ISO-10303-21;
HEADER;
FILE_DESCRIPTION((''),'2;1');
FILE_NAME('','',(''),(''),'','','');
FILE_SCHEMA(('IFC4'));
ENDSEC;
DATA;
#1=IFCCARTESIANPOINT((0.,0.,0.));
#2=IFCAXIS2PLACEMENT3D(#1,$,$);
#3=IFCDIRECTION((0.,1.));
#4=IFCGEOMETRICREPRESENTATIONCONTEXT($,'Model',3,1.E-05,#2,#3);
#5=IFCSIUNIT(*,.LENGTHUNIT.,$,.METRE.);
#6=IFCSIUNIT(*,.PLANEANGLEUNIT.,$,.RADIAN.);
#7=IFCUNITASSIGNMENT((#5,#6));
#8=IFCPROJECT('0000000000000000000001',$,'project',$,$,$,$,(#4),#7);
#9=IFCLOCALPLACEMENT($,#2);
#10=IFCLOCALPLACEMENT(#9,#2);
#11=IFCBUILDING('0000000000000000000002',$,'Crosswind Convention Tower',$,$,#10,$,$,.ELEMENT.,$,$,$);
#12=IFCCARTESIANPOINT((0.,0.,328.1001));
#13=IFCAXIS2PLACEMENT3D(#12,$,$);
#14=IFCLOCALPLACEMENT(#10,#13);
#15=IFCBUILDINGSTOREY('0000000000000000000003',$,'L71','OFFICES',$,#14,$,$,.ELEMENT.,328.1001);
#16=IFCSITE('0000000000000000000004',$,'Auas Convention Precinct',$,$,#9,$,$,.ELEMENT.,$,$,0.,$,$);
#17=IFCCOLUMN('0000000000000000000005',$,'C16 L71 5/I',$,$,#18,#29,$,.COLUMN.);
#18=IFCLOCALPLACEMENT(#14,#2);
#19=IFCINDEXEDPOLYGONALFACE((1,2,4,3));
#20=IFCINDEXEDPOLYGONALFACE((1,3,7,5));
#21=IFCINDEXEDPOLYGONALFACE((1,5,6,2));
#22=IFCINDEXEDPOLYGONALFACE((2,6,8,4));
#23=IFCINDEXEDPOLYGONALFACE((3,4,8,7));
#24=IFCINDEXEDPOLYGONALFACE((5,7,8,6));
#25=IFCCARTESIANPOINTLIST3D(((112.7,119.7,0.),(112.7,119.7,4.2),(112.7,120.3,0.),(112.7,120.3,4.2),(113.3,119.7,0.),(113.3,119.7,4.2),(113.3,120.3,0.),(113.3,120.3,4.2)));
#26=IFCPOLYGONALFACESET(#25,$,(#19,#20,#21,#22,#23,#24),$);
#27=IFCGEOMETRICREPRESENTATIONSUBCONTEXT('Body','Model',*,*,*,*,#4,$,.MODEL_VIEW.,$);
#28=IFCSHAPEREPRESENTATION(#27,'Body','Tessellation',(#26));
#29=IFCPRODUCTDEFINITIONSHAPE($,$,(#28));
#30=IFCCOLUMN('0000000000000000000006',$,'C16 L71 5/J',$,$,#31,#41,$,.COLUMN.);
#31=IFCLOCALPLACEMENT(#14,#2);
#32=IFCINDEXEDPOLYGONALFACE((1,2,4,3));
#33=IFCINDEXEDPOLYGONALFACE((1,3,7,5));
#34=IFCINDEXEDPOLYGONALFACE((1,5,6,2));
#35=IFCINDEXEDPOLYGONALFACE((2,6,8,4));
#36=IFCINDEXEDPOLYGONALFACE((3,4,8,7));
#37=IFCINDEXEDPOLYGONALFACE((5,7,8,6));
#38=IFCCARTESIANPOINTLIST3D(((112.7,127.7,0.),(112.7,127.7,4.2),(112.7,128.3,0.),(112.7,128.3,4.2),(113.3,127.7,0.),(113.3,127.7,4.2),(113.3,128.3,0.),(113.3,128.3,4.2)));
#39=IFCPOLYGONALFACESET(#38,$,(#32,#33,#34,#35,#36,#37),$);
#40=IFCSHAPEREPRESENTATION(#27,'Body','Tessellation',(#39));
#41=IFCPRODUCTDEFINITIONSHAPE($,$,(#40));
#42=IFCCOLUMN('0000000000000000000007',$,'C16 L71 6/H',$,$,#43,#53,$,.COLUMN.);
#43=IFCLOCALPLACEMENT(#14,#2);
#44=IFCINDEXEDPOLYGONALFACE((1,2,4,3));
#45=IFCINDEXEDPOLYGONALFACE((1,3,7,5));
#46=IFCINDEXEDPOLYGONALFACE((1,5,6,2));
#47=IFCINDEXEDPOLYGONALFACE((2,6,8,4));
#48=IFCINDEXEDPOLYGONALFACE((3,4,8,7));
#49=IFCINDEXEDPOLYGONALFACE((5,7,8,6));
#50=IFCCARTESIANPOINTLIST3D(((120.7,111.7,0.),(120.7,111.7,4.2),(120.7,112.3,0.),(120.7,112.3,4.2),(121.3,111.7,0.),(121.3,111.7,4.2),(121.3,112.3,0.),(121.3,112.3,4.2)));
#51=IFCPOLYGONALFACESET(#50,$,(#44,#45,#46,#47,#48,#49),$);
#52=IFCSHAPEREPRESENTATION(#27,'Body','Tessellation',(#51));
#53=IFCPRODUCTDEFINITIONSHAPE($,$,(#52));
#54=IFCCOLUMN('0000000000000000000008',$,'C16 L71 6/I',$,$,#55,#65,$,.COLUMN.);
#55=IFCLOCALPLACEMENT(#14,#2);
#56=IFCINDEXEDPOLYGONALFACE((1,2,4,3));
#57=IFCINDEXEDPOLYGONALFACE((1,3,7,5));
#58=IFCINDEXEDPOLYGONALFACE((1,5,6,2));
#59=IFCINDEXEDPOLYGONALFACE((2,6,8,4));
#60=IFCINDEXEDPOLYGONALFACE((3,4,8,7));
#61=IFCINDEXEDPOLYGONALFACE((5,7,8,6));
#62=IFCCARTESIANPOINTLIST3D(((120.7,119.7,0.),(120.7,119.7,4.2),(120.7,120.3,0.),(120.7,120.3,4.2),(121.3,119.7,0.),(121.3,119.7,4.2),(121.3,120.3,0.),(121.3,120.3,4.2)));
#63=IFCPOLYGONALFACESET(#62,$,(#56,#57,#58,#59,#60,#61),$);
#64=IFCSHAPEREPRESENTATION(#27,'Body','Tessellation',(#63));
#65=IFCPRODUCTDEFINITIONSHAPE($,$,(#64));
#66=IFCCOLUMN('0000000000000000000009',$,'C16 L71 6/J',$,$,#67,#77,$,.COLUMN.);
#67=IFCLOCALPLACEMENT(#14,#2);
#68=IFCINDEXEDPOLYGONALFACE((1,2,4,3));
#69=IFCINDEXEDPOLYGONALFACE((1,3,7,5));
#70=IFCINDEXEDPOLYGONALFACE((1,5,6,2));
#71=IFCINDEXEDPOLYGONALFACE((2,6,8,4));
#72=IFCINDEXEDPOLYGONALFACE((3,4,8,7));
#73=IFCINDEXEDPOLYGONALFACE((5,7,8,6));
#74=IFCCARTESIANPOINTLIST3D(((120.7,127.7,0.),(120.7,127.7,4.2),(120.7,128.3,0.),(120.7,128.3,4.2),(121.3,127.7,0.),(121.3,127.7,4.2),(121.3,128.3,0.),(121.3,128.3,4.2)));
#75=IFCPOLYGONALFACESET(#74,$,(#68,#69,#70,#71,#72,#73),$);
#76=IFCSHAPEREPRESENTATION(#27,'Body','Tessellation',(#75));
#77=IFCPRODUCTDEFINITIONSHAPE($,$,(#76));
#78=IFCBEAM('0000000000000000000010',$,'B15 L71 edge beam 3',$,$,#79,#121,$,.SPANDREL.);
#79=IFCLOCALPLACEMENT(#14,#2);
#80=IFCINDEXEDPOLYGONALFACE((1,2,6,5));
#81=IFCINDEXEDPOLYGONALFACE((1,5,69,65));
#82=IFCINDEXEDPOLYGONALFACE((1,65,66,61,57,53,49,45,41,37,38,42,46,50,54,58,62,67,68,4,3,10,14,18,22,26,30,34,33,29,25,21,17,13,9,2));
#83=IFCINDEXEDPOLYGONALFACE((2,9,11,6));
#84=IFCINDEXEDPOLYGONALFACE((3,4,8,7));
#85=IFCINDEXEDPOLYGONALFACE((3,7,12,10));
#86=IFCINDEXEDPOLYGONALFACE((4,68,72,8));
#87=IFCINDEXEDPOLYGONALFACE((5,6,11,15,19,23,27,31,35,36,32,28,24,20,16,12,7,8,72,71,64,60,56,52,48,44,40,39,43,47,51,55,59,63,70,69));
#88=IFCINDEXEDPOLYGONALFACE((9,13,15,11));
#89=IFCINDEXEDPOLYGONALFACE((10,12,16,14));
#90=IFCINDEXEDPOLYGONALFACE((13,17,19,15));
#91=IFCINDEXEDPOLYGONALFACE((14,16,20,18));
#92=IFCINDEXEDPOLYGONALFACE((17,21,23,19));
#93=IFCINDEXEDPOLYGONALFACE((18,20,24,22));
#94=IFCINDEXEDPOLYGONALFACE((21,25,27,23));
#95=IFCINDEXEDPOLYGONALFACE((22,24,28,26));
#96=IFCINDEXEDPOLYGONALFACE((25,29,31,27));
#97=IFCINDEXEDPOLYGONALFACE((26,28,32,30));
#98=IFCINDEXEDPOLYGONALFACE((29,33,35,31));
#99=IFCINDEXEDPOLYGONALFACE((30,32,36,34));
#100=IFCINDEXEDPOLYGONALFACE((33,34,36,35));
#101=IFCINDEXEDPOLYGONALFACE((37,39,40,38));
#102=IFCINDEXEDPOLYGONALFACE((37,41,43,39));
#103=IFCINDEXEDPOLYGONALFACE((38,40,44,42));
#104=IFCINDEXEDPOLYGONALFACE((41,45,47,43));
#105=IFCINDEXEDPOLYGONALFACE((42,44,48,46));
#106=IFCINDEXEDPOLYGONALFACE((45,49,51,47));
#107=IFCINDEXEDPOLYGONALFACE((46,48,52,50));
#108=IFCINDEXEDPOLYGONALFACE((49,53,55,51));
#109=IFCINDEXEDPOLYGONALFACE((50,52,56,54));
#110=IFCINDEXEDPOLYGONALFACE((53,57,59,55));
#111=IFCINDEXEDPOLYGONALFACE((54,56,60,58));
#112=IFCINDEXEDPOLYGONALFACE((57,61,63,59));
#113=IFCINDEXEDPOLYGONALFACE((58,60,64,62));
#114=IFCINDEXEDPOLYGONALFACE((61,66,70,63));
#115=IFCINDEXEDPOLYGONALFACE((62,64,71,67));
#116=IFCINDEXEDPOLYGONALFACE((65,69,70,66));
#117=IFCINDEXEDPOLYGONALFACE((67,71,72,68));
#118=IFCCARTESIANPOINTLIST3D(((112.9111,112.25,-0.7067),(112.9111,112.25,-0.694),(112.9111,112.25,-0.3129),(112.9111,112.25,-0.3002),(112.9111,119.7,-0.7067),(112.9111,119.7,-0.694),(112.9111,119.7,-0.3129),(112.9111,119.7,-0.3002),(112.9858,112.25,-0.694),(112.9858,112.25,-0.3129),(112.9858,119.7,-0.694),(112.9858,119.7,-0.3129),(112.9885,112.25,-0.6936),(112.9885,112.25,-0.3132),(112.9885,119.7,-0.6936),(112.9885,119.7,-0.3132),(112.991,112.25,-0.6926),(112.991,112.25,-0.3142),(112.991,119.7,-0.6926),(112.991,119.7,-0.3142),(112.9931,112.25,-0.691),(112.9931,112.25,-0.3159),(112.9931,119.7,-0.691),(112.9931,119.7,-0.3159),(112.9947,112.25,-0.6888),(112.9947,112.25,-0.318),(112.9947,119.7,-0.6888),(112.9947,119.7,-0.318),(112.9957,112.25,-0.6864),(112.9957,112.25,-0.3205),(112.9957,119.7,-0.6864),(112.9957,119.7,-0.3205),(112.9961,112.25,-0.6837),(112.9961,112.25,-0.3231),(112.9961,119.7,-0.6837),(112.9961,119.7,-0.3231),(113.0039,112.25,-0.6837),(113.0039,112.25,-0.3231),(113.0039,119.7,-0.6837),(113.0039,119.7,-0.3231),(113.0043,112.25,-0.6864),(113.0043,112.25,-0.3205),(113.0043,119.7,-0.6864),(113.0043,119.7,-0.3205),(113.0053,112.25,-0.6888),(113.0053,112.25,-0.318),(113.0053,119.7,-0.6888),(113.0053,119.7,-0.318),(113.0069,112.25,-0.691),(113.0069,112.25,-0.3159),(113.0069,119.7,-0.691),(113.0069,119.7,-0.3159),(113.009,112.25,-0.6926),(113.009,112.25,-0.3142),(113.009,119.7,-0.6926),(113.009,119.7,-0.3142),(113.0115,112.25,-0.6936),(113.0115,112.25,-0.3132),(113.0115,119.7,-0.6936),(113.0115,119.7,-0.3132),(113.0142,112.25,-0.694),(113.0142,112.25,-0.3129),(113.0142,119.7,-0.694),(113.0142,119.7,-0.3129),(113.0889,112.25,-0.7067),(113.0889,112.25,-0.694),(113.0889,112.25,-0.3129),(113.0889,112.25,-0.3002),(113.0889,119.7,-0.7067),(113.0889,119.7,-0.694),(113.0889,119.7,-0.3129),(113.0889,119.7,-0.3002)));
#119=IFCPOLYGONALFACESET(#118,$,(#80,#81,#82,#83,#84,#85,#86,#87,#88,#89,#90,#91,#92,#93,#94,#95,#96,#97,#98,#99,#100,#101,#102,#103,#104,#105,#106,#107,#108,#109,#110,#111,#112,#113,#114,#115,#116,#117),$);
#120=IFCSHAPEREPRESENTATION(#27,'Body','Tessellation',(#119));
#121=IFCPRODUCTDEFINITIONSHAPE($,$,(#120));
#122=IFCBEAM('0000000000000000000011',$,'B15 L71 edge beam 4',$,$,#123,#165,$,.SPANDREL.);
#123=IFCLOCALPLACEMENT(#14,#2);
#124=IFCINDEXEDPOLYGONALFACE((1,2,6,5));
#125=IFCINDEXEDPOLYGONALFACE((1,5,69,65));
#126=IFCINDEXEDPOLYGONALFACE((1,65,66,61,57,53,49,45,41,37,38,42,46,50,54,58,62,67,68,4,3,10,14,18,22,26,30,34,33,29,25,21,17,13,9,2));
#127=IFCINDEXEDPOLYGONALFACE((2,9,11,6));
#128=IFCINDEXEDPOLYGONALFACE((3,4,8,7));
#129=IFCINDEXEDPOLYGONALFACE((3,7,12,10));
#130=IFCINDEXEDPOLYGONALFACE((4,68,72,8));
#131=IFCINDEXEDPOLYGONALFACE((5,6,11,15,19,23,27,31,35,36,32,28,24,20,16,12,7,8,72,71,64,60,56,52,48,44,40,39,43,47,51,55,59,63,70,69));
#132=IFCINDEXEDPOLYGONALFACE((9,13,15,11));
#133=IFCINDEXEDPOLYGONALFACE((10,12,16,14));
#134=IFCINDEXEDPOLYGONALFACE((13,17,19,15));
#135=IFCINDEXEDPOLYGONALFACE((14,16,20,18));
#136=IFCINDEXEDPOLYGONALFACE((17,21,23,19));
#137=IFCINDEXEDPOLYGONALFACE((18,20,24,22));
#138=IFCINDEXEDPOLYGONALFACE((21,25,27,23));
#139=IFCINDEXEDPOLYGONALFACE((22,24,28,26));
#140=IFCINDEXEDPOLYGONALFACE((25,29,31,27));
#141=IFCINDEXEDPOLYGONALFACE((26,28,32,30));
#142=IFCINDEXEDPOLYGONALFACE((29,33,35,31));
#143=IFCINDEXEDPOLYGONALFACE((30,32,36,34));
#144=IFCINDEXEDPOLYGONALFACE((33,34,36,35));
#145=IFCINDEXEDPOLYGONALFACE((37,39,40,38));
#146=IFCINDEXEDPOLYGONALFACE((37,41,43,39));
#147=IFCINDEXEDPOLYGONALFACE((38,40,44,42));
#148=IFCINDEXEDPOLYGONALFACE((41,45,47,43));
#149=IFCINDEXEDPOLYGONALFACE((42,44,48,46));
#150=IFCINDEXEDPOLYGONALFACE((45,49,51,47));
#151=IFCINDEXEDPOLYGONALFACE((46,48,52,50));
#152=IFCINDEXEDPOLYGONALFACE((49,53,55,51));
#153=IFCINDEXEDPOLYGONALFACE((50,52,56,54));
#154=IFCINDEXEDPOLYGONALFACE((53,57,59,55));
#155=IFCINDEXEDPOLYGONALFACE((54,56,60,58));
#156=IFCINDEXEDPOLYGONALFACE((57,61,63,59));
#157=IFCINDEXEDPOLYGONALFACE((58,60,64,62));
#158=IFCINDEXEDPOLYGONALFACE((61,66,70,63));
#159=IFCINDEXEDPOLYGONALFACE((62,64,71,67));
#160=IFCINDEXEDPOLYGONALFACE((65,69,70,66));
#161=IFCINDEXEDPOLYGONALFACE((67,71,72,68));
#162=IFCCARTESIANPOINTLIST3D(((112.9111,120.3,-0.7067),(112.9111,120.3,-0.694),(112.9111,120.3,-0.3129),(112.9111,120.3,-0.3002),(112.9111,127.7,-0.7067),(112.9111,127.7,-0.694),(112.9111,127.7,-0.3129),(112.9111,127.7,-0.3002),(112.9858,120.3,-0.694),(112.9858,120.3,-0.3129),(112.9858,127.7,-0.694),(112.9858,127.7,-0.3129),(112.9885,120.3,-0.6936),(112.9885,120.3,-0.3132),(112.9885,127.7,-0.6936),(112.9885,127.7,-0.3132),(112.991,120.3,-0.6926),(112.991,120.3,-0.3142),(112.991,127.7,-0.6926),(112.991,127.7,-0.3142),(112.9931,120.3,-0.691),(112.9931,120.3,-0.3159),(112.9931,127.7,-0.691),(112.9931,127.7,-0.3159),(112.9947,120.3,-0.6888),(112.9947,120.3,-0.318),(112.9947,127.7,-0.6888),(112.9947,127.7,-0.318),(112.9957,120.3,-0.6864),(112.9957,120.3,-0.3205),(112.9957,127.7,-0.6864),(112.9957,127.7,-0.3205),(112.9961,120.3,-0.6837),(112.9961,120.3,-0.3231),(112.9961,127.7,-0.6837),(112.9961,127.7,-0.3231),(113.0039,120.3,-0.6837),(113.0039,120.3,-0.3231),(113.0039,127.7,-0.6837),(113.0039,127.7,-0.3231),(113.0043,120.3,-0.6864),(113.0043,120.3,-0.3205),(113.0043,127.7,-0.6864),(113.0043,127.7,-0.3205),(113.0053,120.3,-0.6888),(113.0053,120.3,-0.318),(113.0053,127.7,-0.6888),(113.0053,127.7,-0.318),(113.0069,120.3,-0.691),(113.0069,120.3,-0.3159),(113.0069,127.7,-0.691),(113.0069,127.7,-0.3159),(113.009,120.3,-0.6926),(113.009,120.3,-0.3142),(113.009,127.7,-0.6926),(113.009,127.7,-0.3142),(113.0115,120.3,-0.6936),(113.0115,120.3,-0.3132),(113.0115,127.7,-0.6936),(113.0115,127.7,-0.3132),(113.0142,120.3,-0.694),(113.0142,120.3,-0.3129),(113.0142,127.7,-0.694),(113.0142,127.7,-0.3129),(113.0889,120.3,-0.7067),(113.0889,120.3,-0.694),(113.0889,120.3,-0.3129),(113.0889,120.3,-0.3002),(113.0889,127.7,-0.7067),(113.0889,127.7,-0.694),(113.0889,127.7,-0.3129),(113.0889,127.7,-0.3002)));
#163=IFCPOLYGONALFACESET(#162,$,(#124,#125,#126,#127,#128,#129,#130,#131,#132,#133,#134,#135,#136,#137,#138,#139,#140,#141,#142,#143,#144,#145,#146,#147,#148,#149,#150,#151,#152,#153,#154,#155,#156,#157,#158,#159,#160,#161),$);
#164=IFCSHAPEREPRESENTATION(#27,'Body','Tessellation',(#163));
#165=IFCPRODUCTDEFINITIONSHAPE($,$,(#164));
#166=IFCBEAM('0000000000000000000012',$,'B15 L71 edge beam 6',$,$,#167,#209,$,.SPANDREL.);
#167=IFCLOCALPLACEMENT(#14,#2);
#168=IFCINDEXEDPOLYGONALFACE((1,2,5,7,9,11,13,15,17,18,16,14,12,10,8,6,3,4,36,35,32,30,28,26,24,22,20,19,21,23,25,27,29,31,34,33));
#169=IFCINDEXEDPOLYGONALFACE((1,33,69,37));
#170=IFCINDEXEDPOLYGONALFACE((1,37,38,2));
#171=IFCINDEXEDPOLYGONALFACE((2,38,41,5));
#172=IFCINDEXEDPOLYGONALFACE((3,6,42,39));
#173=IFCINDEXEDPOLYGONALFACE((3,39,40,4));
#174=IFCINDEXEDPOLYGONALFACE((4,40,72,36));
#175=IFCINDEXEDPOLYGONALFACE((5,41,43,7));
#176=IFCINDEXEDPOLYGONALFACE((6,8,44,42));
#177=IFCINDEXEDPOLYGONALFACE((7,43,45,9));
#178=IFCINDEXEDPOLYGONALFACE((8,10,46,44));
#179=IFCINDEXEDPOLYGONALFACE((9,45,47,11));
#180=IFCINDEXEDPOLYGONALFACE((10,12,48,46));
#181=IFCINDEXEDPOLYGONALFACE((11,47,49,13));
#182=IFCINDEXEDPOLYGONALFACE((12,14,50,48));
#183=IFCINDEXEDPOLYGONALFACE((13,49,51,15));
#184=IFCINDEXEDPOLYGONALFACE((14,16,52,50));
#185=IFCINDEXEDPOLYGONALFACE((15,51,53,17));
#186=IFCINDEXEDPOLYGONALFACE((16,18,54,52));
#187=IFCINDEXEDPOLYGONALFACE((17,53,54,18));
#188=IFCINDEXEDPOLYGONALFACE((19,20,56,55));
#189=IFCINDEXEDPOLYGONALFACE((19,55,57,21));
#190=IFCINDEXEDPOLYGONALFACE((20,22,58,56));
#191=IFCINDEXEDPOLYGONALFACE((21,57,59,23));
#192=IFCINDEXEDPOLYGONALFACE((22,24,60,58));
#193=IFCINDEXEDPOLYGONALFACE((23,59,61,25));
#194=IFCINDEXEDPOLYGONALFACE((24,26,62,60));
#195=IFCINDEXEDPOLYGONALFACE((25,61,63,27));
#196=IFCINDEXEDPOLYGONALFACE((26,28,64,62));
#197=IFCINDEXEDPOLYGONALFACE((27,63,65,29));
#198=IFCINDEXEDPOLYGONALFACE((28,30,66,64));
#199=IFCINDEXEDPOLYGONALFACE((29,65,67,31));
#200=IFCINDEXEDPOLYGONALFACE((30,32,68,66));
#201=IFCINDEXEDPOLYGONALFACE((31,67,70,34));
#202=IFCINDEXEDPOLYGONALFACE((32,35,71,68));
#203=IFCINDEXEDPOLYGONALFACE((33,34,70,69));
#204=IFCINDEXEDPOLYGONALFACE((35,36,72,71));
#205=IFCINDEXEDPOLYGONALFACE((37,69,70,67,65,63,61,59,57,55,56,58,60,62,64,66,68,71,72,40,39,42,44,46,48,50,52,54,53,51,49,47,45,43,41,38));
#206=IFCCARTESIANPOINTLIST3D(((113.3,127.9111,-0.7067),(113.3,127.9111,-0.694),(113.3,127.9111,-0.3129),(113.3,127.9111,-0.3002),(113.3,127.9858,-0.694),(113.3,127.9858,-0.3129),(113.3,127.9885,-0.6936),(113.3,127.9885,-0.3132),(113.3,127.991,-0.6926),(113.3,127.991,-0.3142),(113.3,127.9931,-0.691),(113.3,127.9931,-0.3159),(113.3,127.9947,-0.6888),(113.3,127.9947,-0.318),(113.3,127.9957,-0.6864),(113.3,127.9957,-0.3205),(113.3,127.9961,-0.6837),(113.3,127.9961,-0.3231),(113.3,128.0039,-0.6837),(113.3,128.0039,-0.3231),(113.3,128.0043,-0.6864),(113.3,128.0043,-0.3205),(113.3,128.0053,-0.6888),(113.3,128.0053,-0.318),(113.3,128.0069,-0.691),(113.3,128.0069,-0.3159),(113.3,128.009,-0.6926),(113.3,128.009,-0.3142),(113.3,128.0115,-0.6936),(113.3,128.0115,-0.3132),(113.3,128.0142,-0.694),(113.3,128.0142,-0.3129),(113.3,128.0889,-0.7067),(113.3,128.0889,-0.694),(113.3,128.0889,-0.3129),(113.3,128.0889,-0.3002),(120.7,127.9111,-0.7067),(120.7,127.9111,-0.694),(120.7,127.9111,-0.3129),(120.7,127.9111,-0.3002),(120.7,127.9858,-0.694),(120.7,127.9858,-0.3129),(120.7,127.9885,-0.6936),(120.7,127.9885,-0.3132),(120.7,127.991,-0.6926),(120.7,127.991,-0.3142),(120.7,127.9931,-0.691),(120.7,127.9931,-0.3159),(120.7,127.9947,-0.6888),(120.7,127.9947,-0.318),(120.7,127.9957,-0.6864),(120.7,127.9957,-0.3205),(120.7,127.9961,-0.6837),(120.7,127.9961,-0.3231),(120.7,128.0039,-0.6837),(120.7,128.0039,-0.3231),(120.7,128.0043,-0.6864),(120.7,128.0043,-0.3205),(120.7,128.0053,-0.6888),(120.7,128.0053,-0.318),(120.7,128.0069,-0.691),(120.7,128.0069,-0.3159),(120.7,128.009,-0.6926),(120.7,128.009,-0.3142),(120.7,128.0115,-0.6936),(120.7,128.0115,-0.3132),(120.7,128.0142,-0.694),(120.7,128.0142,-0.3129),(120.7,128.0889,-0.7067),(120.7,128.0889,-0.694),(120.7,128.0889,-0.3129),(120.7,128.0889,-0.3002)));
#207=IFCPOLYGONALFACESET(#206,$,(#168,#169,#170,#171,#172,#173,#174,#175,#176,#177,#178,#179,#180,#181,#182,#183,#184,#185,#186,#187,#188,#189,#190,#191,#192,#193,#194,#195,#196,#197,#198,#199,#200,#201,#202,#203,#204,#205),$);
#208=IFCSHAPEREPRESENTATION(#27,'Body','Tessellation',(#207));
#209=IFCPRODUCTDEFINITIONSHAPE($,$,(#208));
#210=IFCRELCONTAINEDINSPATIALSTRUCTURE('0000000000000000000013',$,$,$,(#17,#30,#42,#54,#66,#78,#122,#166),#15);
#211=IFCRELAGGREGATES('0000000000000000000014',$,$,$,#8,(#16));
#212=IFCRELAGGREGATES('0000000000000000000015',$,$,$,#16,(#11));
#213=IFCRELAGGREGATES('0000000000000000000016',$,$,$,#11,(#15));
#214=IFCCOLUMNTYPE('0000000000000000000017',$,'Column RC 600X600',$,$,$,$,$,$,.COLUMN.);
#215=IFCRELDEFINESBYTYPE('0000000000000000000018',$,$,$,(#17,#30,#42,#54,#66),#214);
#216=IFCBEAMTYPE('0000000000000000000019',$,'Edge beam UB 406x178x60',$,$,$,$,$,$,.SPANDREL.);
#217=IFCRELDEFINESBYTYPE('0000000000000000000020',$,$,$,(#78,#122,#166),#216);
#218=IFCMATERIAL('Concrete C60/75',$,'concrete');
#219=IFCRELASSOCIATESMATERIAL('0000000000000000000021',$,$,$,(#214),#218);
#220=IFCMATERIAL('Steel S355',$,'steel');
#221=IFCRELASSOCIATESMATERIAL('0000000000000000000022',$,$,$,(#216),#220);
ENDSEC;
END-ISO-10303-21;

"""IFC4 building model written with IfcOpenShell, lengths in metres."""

from ifc_helpers import new_model, si_unit, direction, frame, origin, origin_2d, place, context, subcontext, project, spatial, rectangle, i_section, extrude, material, material_profile, profile_set, type_object, element, save


model = new_model("IFC4")

# Units and contexts
model_context = context("Model", 3, precision=1e-05, world=origin(), true_north=direction((0.0, 1.0)))
body_context = subcontext(model_context, "Body", "Model", "MODEL_VIEW")
ifc_project = project(units=[si_unit("LENGTHUNIT", "METRE"), si_unit("PLANEANGLEUNIT", "RADIAN")], contexts=[model_context])

# Site, building, storey
site_placement = place(None, origin())
site = spatial("IfcSite", under=ifc_project, at=site_placement, Name="Auas Convention Precinct", CompositionType="ELEMENT", RefElevation=0.0)
building_placement = place(site_placement, origin())
building = spatial("IfcBuilding", under=site, at=building_placement, Name="Crosswind Convention Tower", CompositionType="ELEMENT")
storey_placement = place(building_placement, frame((0.0, 0.0, 328.1001)))
storey = spatial("IfcBuildingStorey", under=building, at=storey_placement, Name="L71", Description="OFFICES", CompositionType="ELEMENT", Elevation=328.1001)

# Columns
ifc_material_1 = material(Name="Concrete C60/75", Category="concrete")
ifc_material_profile_1 = material_profile(ifc_material_1, rectangle(XDim=0.6001, YDim=0.6001, at=origin_2d()), Name="RC 600X600")
ifc_profile_set_1 = profile_set([ifc_material_profile_1], Name="Concrete C60/75")
column_type = type_object("IfcColumnType", Name="Column RC 600X600", PredefinedType="COLUMN", material=ifc_profile_set_1)
for number, where, z_axis, x_axis, name in (
    (1, (113.0, 120.0, 0.0), (0.0, 0.0, 1.0), (1.0, 0.0, 0.0), "C16 L71 5/I"),
    (2, (113.0, 128.0, 0.0), (0.0, 0.0, 1.0), (1.0, 0.0, 0.0), "C16 L71 5/J"),
    (3, (121.0, 112.0, 0.0), (0.0, 0.0, 1.0), (1.0, 0.0, 0.0), "C16 L71 6/H"),
    (4, (121.0, 120.0, 0.0), (0.0, 0.0, 1.0), (1.0, 0.0, 0.0), "C16 L71 6/I"),
    (5, (121.0, 128.0, 0.0), (0.0, 0.0, 1.0), (1.0, 0.0, 0.0), "C16 L71 6/J"),
):
    element("IfcColumn", number, at=place(storey_placement, frame(where, z_axis=z_axis, x_axis=x_axis)), inside=storey, type_object=column_type, Name=name, PredefinedType="COLUMN", context=body_context, shape_type="SweptSolid", body=[
        extrude(rectangle(XDim=0.6001, YDim=0.6001, at=origin_2d()), origin(), (0.0, 0.0, 1.0), 4.2),
    ])

# Beams
ifc_material_2 = material(Name="Steel S355", Category="steel")
ifc_material_profile_2 = material_profile(ifc_material_2, i_section(OverallWidth=0.1777, OverallDepth=0.4065, WebThickness=0.0078, FlangeThickness=0.0127, FilletRadius=0.0103, at=origin_2d()), Name="UB 406x178x60")
ifc_profile_set_2 = profile_set([ifc_material_profile_2], Name="Steel S355")
beam_type_1 = type_object("IfcBeamType", Name="Edge beam UB 406x178x60", PredefinedType="SPANDREL", material=ifc_profile_set_2)
beam_1_placement = place(storey_placement, frame((113.0, 112.25, -0.5034), z_axis=(0.0, 1.0, 0.0), x_axis=(-1.0, 0.0, 0.0)))
element("IfcBeam", 6, at=beam_1_placement, inside=storey, type_object=beam_type_1, Name="B15 L71 edge beam 3", PredefinedType="SPANDREL", context=body_context, shape_type="SweptSolid", body=[
    extrude(i_section(OverallWidth=0.1777, OverallDepth=0.4065, WebThickness=0.0078, FlangeThickness=0.0127, FilletRadius=0.0103, at=origin_2d()), origin(), (0.0, 0.0, 1.0), 7.45),
])
for number, where, z_axis, x_axis, name in (
    (7, (113.0, 120.3, -0.5034), (0.0, 1.0, 0.0), (-1.0, 0.0, 0.0), "B15 L71 edge beam 4"),
    (8, (113.3, 128.0, -0.5034), (1.0, 0.0, 0.0), (0.0, 1.0, 0.0), "B15 L71 edge beam 6"),
):
    element("IfcBeam", number, at=place(storey_placement, frame(where, z_axis=z_axis, x_axis=x_axis)), inside=storey, type_object=beam_type_1, Name=name, PredefinedType="SPANDREL", context=body_context, shape_type="SweptSolid", body=[
        extrude(i_section(OverallWidth=0.1777, OverallDepth=0.4065, WebThickness=0.0078, FlangeThickness=0.0127, FilletRadius=0.0103, at=origin_2d()), origin(), (0.0, 0.0, 1.0), 7.3999),
    ])

save(model, "model.ifc")
